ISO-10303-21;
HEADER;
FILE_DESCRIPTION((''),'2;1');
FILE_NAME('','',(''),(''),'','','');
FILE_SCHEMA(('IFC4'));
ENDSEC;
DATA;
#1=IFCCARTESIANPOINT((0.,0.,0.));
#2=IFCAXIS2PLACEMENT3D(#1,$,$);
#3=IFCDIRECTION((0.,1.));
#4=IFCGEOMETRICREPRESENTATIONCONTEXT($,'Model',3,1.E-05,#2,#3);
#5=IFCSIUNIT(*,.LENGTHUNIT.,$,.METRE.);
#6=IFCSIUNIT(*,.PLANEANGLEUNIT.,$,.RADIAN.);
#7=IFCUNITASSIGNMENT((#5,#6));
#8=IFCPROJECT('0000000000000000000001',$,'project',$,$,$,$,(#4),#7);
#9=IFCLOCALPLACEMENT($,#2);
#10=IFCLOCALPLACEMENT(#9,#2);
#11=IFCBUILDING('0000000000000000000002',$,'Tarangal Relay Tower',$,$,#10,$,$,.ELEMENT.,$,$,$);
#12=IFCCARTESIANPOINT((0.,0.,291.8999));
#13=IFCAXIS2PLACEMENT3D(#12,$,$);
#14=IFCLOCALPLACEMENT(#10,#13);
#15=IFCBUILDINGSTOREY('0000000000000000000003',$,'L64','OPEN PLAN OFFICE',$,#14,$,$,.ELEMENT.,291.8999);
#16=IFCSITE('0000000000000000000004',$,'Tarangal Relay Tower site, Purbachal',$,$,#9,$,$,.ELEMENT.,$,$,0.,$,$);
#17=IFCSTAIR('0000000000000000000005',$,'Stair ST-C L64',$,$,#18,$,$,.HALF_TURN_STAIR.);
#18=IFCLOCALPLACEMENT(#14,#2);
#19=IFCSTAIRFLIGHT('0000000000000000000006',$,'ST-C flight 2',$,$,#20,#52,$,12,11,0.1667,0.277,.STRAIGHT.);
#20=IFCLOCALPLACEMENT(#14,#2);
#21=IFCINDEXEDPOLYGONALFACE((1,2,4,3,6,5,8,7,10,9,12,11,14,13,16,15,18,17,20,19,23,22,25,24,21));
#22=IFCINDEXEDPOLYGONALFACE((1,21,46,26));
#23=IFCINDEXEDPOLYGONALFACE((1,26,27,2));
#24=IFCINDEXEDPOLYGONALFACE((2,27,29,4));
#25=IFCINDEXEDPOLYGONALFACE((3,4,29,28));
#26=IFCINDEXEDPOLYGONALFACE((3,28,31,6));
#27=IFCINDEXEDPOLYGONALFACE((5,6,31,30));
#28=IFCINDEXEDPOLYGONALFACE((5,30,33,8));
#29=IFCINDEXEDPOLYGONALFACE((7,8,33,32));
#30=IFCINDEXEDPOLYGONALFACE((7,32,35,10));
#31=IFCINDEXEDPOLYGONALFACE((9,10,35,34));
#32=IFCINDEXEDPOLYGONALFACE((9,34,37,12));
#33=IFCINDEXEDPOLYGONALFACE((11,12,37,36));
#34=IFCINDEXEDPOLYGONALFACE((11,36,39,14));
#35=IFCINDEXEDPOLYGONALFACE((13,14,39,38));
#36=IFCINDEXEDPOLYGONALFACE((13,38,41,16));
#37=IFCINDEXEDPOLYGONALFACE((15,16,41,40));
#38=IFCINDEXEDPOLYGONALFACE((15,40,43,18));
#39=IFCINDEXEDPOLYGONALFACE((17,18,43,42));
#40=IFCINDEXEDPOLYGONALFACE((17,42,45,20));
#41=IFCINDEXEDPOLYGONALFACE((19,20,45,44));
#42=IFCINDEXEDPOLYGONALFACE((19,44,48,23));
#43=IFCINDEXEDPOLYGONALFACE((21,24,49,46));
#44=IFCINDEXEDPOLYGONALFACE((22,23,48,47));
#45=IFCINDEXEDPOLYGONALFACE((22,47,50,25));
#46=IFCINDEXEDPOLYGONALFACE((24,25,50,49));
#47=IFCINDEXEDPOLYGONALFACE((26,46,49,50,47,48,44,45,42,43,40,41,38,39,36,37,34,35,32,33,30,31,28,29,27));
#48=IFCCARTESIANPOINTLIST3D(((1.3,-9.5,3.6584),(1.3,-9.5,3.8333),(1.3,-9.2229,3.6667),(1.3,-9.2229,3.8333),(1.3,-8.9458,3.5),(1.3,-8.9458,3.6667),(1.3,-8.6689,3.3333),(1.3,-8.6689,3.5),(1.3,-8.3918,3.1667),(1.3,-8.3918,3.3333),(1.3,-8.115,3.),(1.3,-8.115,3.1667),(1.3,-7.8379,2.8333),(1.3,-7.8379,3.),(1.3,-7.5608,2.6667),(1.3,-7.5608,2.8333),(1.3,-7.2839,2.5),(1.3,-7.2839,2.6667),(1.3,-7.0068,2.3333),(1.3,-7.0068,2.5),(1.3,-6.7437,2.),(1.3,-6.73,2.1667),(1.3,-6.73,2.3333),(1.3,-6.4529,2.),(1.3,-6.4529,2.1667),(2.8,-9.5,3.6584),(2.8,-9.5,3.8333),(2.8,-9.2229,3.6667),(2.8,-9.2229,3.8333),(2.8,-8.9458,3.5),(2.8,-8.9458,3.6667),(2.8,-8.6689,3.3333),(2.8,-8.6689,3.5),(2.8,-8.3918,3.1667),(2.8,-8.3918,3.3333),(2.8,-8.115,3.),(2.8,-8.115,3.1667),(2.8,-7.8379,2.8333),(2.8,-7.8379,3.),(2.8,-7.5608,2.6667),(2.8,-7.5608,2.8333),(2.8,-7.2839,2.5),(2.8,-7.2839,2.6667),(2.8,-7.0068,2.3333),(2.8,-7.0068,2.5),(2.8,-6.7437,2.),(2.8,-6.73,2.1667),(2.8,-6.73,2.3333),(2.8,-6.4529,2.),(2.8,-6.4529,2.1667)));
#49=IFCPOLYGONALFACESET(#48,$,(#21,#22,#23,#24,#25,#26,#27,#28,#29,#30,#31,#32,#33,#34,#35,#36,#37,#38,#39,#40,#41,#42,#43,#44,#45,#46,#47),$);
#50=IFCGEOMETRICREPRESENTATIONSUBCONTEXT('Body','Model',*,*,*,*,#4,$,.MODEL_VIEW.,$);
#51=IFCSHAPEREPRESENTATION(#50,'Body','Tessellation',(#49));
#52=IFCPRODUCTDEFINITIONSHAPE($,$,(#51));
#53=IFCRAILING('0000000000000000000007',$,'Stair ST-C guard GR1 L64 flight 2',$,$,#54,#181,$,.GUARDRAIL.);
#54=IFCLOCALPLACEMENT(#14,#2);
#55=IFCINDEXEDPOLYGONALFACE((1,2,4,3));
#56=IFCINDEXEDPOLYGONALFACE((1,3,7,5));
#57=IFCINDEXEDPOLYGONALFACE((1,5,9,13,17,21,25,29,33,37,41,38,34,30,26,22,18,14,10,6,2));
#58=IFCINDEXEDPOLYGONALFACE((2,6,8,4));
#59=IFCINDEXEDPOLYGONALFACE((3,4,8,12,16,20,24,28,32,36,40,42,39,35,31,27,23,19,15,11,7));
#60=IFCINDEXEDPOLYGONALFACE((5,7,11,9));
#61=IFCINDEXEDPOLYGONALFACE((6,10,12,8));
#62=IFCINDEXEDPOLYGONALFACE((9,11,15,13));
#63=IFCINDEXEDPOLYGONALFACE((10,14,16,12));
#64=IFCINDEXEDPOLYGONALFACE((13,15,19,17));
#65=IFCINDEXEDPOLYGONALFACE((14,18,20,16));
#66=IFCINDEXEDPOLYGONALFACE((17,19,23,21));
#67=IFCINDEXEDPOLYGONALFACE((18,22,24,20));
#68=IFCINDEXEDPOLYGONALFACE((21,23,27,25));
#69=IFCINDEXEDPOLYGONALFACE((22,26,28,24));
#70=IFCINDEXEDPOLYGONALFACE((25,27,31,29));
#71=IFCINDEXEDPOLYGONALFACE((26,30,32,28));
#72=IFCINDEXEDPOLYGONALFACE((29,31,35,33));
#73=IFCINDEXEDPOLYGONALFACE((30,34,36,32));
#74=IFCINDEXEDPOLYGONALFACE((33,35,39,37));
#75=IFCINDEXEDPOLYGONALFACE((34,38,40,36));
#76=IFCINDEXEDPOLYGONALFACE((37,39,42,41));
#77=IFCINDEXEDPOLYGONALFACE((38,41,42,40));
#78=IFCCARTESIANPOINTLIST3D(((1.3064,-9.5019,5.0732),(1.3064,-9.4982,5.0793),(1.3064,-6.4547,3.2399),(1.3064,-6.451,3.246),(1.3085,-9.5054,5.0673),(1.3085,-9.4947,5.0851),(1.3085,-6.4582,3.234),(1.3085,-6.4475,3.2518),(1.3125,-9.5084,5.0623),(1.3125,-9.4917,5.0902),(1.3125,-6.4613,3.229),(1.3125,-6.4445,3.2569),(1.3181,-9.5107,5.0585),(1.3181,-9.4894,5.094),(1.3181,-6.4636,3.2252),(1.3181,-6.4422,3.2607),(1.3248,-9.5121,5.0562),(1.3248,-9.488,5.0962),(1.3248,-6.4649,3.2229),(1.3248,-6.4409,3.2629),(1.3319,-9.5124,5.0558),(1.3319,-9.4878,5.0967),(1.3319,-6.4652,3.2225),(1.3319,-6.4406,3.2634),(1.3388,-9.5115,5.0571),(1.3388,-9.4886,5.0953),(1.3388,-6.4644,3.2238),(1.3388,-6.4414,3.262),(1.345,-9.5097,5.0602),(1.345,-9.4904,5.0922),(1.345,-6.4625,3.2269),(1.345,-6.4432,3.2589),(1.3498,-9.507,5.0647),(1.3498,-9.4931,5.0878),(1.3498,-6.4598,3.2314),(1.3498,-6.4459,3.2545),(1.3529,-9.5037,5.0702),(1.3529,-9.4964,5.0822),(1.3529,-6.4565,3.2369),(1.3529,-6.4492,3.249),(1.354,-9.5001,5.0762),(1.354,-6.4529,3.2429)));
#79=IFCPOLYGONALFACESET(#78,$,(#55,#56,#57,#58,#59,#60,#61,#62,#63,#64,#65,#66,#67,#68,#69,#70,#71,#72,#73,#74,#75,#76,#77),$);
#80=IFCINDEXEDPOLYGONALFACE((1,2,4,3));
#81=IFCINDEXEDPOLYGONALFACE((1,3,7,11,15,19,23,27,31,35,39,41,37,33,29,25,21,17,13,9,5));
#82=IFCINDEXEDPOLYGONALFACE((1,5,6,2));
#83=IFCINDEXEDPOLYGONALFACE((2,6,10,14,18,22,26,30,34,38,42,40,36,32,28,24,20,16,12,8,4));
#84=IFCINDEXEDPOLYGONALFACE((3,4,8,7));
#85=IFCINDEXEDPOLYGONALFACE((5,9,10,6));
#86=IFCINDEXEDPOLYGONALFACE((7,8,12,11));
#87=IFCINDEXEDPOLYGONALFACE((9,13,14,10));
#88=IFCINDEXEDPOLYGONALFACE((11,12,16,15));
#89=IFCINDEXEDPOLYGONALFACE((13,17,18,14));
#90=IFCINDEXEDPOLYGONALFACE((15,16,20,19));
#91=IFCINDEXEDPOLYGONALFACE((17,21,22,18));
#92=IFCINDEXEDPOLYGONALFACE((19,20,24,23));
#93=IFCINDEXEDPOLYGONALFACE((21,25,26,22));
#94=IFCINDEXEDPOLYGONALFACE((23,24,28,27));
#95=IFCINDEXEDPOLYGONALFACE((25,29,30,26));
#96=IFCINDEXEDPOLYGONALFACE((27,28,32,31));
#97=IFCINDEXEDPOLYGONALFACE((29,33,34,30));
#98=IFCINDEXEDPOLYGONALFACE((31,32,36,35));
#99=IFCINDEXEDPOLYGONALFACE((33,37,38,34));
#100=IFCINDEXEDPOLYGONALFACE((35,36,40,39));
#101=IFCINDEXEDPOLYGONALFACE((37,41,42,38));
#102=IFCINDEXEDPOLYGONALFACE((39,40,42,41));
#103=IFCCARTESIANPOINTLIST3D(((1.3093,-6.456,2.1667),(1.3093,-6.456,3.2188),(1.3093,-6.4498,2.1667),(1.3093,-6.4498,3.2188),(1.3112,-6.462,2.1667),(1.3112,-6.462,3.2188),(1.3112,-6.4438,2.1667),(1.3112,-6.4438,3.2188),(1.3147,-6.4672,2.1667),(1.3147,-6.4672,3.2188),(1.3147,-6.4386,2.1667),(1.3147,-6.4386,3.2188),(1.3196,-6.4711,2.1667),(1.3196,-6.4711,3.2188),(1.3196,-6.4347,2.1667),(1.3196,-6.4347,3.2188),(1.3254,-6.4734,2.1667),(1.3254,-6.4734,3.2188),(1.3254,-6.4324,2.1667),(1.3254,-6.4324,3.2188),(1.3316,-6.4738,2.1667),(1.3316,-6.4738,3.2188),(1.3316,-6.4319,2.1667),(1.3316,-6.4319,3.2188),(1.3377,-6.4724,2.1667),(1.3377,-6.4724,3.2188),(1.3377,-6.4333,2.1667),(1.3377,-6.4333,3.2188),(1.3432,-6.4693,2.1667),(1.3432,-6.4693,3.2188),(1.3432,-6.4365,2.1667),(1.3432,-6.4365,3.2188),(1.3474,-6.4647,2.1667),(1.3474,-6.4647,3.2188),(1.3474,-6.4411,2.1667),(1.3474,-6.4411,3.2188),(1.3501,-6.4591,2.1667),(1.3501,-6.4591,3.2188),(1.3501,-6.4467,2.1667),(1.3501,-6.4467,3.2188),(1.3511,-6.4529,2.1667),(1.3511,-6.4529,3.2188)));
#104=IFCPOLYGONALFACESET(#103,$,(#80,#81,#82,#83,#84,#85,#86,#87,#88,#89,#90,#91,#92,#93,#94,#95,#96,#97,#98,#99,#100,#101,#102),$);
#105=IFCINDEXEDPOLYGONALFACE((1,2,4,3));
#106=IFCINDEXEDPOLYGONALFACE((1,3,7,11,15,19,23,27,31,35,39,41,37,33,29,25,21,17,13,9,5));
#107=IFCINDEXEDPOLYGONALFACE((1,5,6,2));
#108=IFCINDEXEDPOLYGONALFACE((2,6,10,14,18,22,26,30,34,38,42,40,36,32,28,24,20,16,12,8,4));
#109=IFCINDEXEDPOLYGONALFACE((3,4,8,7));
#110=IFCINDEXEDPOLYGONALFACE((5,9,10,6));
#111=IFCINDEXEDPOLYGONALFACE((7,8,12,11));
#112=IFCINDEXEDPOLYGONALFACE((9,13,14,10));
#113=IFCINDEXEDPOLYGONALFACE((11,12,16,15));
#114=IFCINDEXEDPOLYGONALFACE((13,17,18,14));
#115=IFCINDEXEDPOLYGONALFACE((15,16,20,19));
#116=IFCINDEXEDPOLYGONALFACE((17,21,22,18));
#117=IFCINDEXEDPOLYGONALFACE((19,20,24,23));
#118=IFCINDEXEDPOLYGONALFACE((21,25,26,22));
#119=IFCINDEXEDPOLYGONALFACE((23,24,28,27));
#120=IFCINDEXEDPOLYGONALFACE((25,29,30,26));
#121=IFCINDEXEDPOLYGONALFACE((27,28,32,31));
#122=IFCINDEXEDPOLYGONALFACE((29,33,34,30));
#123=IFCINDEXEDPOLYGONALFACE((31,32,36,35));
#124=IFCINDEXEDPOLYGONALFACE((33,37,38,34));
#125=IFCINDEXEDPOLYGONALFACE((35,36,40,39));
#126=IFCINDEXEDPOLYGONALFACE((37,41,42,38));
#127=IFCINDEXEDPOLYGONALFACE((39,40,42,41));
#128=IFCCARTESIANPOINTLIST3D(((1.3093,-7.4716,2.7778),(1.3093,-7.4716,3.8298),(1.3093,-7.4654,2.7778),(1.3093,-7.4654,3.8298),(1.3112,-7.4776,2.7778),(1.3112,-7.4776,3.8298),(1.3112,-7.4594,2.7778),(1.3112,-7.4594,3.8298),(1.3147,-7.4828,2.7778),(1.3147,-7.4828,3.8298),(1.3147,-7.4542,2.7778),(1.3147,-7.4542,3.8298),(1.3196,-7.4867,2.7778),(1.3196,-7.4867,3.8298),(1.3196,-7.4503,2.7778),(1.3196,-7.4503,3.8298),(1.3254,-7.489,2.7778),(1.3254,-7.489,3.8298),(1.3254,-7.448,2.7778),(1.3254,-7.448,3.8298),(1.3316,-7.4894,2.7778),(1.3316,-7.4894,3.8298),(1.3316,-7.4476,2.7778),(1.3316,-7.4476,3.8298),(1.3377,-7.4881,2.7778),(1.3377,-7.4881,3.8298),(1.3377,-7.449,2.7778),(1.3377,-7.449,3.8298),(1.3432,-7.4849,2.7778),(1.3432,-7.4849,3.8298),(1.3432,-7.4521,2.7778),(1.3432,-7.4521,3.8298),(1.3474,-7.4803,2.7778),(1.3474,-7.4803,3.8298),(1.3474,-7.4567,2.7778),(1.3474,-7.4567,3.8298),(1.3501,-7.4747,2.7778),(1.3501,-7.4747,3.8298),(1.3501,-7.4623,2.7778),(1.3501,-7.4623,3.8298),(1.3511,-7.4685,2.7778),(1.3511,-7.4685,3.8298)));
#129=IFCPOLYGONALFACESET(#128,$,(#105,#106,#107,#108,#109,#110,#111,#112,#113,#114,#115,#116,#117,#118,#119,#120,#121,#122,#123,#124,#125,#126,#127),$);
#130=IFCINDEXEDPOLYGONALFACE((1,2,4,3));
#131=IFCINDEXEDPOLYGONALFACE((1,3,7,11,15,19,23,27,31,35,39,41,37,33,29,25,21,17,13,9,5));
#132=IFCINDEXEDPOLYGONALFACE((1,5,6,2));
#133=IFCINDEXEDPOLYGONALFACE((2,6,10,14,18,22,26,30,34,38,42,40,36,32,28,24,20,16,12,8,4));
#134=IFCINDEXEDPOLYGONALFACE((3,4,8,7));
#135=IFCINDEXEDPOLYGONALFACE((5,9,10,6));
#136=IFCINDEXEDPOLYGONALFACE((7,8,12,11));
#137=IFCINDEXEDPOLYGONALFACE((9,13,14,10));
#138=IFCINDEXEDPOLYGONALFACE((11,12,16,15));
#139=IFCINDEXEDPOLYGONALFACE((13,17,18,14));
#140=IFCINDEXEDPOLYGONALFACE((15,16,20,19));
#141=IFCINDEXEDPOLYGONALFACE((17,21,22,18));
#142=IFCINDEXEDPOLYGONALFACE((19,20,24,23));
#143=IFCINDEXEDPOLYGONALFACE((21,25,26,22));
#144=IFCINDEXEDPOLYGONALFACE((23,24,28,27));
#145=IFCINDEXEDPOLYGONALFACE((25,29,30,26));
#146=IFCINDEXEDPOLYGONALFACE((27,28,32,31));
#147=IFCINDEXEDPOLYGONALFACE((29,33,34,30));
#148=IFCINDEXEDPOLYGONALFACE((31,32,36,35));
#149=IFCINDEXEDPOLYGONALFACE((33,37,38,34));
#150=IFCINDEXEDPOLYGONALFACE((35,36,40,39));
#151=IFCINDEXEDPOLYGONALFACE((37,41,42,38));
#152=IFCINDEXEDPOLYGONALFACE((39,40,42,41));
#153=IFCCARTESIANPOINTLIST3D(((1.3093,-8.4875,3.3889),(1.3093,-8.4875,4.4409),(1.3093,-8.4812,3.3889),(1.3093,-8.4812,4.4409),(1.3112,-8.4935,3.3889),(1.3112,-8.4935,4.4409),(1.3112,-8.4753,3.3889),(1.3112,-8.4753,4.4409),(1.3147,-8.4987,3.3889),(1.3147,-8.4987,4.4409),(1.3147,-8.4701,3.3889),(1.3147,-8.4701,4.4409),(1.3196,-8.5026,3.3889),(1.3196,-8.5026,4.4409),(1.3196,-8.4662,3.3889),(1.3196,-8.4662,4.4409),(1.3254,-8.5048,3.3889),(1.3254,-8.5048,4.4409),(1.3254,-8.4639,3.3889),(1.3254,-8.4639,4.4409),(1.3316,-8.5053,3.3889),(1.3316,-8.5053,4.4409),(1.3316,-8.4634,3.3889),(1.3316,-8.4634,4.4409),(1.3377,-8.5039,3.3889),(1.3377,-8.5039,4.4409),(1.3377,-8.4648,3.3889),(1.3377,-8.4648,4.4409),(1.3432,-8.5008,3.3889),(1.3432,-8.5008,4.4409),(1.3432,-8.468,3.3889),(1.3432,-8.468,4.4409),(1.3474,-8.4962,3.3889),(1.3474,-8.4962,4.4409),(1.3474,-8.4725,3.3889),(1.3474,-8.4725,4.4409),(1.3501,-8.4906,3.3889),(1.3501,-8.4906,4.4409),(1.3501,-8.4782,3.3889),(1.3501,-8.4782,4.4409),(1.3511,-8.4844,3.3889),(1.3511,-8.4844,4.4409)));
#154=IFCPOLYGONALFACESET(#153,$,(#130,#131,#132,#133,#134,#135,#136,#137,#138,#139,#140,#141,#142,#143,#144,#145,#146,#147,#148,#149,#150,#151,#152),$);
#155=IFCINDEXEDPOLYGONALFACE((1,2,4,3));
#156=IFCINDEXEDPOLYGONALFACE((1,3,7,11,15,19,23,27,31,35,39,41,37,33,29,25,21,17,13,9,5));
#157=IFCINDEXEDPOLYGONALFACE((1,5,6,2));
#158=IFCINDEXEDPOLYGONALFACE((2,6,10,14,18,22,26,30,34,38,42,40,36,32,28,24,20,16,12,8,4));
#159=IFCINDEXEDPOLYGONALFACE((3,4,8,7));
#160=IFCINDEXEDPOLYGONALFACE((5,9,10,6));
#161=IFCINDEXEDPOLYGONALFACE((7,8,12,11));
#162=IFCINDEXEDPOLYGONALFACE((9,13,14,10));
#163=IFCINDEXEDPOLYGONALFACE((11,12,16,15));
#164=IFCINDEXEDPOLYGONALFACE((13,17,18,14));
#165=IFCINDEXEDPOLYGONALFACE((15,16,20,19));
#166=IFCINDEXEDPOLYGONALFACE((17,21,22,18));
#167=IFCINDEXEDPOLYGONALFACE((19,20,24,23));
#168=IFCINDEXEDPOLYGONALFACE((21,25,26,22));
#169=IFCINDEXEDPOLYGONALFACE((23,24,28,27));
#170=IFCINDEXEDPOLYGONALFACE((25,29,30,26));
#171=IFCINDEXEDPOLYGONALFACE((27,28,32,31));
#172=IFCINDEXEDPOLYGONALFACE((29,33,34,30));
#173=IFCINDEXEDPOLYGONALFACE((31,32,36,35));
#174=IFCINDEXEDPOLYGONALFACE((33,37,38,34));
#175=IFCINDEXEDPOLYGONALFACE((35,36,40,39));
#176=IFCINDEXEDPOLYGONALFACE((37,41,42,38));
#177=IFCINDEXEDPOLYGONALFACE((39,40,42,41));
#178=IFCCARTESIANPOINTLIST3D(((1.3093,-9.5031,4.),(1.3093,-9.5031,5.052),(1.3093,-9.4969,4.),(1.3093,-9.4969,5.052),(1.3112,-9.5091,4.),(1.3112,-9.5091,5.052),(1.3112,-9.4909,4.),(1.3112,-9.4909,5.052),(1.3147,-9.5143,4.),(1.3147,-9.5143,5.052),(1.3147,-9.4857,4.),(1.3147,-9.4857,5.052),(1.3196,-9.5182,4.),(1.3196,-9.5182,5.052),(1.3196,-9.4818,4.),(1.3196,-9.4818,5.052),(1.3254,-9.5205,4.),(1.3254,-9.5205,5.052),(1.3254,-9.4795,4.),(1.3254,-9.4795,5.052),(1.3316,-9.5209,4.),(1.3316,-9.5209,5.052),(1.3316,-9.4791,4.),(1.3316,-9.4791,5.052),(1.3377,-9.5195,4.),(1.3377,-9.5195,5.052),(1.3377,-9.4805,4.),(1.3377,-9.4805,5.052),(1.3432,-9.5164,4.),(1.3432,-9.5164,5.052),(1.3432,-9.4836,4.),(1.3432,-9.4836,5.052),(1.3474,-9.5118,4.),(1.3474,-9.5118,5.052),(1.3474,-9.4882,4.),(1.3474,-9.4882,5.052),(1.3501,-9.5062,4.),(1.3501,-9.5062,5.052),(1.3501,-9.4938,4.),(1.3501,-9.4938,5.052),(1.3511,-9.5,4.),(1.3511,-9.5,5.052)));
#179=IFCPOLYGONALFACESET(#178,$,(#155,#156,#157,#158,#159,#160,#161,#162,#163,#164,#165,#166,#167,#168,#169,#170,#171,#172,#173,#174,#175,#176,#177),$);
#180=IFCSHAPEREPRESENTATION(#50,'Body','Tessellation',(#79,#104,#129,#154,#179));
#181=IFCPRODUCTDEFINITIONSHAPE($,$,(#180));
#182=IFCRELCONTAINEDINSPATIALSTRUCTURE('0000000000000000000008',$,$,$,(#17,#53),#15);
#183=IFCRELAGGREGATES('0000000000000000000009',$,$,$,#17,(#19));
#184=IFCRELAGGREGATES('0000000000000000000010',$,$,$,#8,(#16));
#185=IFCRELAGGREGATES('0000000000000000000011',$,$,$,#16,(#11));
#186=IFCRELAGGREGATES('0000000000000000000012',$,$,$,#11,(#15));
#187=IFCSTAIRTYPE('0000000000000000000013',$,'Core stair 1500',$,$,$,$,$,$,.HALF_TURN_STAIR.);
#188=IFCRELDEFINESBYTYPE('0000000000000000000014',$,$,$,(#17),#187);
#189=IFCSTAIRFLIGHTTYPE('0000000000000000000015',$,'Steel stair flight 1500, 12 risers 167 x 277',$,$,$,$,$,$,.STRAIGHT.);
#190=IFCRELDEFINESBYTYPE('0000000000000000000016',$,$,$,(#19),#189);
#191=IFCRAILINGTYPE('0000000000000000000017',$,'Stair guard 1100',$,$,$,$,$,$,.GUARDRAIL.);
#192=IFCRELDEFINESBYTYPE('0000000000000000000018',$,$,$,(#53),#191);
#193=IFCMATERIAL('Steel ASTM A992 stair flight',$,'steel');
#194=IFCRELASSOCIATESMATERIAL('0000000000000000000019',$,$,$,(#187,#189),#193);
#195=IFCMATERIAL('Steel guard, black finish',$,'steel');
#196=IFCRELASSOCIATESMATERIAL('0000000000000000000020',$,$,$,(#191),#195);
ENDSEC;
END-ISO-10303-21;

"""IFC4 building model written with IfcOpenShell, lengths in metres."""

from ifc_helpers import new_model, si_unit, direction, frame, origin, origin_2d, place, context, subcontext, project, spatial, polyline, circle, outline, extrude, material, type_object, element, aggregate, save


model = new_model("IFC4")

# Units and contexts
model_context = context("Model", 3, precision=1e-05, world=origin(), true_north=direction((0.0, 1.0)))
body_context = subcontext(model_context, "Body", "Model", "MODEL_VIEW")
ifc_project = project(units=[si_unit("LENGTHUNIT", "METRE"), si_unit("PLANEANGLEUNIT", "RADIAN")], contexts=[model_context])

# Site, building, storey
site_placement = place(None, origin())
site = spatial("IfcSite", under=ifc_project, at=site_placement, Name="Tarangal Relay Tower site, Purbachal", CompositionType="ELEMENT", RefElevation=0.0)
building_placement = place(site_placement, origin())
building = spatial("IfcBuilding", under=site, at=building_placement, Name="Tarangal Relay Tower", CompositionType="ELEMENT")
storey_placement = place(building_placement, frame((0.0, 0.0, 291.8999)))
storey = spatial("IfcBuildingStorey", under=building, at=storey_placement, Name="L64", Description="OPEN PLAN OFFICE", CompositionType="ELEMENT", Elevation=291.8999)

# Stair, stair flight
ifc_material_1 = material(Name="Steel ASTM A992 stair flight", Category="steel")
stair_type = type_object("IfcStairType", Name="Core stair 1500", PredefinedType="HALF_TURN_STAIR", material=ifc_material_1)
stair_placement = place(storey_placement, origin())
stair = element("IfcStair", 1, at=stair_placement, inside=storey, type_object=stair_type, Name="Stair ST-C L64", PredefinedType="HALF_TURN_STAIR")
stair_flight_type = type_object("IfcStairFlightType", Name="Steel stair flight 1500, 12 risers 167 x 277", PredefinedType="STRAIGHT", material=ifc_material_1)
stair_flight_placement = place(storey_placement, frame((2.05, -6.4529, 2.0), z_axis=(0.0, 0.0, 1.0), x_axis=(0.0, -1.0, 0.0)))
stair_flight = element("IfcStairFlight", 2, at=stair_flight_placement, type_object=stair_flight_type, Name="ST-C flight 2", NumberOfRisers=12, NumberOfTreads=11, PredefinedType="STRAIGHT", RiserHeight=0.1667, TreadLength=0.277, context=body_context, shape_type="SweptSolid", body=[
    extrude(outline(polyline([(0.0, 0.0), (0.0, 0.1667), (0.2771, 0.1667), (0.2771, 0.3333), (0.554, 0.3333), (0.554, 0.5), (0.8311, 0.5), (0.8311, 0.6667), (1.1079, 0.6667), (1.1079, 0.8333), (1.385, 0.8333), (1.385, 1.0), (1.6621, 1.0), (1.6621, 1.1667), (1.939, 1.1667), (1.939, 1.3333), (2.2161, 1.3333), (2.2161, 1.5), (2.4929, 1.5), (2.4929, 1.6667), (2.77, 1.6667), (2.77, 1.8333), (3.0471, 1.8333), (3.0471, 2.0), (3.0471, 1.6584), (0.2908, 0.0), (0.0, 0.0)])), frame((0.0, 0.75, 0.0), z_axis=(0.0, -1.0, 0.0), x_axis=(1.0, 0.0, 0.0)), (0.0, 0.0, 1.0), 1.5),
])
aggregate(stair, [stair_flight])

# Railing
ifc_material_2 = material(Name="Steel guard, black finish", Category="steel")
railing_type_1 = type_object("IfcRailingType", Name="Stair guard 1100", PredefinedType="GUARDRAIL", material=ifc_material_2)
railing_1_placement = place(storey_placement, frame((1.3301, -6.4529, 2.1667)))
element("IfcRailing", 3, at=railing_1_placement, inside=storey, type_object=railing_type_1, Name="Stair ST-C guard GR1 L64 flight 2", PredefinedType="GUARDRAIL", context=body_context, shape_type="SweptSolid", body=[
    extrude(circle(Radius=0.0239, at=origin_2d()), frame((0.0, 0.0, 1.0762), z_axis=(0.0, -0.856874, 0.515525), x_axis=(1.0, 0.0, 0.0)), (0.0, 0.0, 1.0), 3.5562),
    extrude(circle(Radius=0.021, at=origin_2d()), origin(), (0.0, 0.0, 1.0), 1.052),
    extrude(circle(Radius=0.021, at=origin_2d()), frame((0.0, -1.0156, 0.6111)), (0.0, 0.0, 1.0), 1.052),
    extrude(circle(Radius=0.021, at=origin_2d()), frame((0.0, -2.0315, 1.2222)), (0.0, 0.0, 1.0), 1.052),
    extrude(circle(Radius=0.021, at=origin_2d()), frame((0.0, -3.0471, 1.8333)), (0.0, 0.0, 1.0), 1.052),
])

save(model, "model.ifc")
